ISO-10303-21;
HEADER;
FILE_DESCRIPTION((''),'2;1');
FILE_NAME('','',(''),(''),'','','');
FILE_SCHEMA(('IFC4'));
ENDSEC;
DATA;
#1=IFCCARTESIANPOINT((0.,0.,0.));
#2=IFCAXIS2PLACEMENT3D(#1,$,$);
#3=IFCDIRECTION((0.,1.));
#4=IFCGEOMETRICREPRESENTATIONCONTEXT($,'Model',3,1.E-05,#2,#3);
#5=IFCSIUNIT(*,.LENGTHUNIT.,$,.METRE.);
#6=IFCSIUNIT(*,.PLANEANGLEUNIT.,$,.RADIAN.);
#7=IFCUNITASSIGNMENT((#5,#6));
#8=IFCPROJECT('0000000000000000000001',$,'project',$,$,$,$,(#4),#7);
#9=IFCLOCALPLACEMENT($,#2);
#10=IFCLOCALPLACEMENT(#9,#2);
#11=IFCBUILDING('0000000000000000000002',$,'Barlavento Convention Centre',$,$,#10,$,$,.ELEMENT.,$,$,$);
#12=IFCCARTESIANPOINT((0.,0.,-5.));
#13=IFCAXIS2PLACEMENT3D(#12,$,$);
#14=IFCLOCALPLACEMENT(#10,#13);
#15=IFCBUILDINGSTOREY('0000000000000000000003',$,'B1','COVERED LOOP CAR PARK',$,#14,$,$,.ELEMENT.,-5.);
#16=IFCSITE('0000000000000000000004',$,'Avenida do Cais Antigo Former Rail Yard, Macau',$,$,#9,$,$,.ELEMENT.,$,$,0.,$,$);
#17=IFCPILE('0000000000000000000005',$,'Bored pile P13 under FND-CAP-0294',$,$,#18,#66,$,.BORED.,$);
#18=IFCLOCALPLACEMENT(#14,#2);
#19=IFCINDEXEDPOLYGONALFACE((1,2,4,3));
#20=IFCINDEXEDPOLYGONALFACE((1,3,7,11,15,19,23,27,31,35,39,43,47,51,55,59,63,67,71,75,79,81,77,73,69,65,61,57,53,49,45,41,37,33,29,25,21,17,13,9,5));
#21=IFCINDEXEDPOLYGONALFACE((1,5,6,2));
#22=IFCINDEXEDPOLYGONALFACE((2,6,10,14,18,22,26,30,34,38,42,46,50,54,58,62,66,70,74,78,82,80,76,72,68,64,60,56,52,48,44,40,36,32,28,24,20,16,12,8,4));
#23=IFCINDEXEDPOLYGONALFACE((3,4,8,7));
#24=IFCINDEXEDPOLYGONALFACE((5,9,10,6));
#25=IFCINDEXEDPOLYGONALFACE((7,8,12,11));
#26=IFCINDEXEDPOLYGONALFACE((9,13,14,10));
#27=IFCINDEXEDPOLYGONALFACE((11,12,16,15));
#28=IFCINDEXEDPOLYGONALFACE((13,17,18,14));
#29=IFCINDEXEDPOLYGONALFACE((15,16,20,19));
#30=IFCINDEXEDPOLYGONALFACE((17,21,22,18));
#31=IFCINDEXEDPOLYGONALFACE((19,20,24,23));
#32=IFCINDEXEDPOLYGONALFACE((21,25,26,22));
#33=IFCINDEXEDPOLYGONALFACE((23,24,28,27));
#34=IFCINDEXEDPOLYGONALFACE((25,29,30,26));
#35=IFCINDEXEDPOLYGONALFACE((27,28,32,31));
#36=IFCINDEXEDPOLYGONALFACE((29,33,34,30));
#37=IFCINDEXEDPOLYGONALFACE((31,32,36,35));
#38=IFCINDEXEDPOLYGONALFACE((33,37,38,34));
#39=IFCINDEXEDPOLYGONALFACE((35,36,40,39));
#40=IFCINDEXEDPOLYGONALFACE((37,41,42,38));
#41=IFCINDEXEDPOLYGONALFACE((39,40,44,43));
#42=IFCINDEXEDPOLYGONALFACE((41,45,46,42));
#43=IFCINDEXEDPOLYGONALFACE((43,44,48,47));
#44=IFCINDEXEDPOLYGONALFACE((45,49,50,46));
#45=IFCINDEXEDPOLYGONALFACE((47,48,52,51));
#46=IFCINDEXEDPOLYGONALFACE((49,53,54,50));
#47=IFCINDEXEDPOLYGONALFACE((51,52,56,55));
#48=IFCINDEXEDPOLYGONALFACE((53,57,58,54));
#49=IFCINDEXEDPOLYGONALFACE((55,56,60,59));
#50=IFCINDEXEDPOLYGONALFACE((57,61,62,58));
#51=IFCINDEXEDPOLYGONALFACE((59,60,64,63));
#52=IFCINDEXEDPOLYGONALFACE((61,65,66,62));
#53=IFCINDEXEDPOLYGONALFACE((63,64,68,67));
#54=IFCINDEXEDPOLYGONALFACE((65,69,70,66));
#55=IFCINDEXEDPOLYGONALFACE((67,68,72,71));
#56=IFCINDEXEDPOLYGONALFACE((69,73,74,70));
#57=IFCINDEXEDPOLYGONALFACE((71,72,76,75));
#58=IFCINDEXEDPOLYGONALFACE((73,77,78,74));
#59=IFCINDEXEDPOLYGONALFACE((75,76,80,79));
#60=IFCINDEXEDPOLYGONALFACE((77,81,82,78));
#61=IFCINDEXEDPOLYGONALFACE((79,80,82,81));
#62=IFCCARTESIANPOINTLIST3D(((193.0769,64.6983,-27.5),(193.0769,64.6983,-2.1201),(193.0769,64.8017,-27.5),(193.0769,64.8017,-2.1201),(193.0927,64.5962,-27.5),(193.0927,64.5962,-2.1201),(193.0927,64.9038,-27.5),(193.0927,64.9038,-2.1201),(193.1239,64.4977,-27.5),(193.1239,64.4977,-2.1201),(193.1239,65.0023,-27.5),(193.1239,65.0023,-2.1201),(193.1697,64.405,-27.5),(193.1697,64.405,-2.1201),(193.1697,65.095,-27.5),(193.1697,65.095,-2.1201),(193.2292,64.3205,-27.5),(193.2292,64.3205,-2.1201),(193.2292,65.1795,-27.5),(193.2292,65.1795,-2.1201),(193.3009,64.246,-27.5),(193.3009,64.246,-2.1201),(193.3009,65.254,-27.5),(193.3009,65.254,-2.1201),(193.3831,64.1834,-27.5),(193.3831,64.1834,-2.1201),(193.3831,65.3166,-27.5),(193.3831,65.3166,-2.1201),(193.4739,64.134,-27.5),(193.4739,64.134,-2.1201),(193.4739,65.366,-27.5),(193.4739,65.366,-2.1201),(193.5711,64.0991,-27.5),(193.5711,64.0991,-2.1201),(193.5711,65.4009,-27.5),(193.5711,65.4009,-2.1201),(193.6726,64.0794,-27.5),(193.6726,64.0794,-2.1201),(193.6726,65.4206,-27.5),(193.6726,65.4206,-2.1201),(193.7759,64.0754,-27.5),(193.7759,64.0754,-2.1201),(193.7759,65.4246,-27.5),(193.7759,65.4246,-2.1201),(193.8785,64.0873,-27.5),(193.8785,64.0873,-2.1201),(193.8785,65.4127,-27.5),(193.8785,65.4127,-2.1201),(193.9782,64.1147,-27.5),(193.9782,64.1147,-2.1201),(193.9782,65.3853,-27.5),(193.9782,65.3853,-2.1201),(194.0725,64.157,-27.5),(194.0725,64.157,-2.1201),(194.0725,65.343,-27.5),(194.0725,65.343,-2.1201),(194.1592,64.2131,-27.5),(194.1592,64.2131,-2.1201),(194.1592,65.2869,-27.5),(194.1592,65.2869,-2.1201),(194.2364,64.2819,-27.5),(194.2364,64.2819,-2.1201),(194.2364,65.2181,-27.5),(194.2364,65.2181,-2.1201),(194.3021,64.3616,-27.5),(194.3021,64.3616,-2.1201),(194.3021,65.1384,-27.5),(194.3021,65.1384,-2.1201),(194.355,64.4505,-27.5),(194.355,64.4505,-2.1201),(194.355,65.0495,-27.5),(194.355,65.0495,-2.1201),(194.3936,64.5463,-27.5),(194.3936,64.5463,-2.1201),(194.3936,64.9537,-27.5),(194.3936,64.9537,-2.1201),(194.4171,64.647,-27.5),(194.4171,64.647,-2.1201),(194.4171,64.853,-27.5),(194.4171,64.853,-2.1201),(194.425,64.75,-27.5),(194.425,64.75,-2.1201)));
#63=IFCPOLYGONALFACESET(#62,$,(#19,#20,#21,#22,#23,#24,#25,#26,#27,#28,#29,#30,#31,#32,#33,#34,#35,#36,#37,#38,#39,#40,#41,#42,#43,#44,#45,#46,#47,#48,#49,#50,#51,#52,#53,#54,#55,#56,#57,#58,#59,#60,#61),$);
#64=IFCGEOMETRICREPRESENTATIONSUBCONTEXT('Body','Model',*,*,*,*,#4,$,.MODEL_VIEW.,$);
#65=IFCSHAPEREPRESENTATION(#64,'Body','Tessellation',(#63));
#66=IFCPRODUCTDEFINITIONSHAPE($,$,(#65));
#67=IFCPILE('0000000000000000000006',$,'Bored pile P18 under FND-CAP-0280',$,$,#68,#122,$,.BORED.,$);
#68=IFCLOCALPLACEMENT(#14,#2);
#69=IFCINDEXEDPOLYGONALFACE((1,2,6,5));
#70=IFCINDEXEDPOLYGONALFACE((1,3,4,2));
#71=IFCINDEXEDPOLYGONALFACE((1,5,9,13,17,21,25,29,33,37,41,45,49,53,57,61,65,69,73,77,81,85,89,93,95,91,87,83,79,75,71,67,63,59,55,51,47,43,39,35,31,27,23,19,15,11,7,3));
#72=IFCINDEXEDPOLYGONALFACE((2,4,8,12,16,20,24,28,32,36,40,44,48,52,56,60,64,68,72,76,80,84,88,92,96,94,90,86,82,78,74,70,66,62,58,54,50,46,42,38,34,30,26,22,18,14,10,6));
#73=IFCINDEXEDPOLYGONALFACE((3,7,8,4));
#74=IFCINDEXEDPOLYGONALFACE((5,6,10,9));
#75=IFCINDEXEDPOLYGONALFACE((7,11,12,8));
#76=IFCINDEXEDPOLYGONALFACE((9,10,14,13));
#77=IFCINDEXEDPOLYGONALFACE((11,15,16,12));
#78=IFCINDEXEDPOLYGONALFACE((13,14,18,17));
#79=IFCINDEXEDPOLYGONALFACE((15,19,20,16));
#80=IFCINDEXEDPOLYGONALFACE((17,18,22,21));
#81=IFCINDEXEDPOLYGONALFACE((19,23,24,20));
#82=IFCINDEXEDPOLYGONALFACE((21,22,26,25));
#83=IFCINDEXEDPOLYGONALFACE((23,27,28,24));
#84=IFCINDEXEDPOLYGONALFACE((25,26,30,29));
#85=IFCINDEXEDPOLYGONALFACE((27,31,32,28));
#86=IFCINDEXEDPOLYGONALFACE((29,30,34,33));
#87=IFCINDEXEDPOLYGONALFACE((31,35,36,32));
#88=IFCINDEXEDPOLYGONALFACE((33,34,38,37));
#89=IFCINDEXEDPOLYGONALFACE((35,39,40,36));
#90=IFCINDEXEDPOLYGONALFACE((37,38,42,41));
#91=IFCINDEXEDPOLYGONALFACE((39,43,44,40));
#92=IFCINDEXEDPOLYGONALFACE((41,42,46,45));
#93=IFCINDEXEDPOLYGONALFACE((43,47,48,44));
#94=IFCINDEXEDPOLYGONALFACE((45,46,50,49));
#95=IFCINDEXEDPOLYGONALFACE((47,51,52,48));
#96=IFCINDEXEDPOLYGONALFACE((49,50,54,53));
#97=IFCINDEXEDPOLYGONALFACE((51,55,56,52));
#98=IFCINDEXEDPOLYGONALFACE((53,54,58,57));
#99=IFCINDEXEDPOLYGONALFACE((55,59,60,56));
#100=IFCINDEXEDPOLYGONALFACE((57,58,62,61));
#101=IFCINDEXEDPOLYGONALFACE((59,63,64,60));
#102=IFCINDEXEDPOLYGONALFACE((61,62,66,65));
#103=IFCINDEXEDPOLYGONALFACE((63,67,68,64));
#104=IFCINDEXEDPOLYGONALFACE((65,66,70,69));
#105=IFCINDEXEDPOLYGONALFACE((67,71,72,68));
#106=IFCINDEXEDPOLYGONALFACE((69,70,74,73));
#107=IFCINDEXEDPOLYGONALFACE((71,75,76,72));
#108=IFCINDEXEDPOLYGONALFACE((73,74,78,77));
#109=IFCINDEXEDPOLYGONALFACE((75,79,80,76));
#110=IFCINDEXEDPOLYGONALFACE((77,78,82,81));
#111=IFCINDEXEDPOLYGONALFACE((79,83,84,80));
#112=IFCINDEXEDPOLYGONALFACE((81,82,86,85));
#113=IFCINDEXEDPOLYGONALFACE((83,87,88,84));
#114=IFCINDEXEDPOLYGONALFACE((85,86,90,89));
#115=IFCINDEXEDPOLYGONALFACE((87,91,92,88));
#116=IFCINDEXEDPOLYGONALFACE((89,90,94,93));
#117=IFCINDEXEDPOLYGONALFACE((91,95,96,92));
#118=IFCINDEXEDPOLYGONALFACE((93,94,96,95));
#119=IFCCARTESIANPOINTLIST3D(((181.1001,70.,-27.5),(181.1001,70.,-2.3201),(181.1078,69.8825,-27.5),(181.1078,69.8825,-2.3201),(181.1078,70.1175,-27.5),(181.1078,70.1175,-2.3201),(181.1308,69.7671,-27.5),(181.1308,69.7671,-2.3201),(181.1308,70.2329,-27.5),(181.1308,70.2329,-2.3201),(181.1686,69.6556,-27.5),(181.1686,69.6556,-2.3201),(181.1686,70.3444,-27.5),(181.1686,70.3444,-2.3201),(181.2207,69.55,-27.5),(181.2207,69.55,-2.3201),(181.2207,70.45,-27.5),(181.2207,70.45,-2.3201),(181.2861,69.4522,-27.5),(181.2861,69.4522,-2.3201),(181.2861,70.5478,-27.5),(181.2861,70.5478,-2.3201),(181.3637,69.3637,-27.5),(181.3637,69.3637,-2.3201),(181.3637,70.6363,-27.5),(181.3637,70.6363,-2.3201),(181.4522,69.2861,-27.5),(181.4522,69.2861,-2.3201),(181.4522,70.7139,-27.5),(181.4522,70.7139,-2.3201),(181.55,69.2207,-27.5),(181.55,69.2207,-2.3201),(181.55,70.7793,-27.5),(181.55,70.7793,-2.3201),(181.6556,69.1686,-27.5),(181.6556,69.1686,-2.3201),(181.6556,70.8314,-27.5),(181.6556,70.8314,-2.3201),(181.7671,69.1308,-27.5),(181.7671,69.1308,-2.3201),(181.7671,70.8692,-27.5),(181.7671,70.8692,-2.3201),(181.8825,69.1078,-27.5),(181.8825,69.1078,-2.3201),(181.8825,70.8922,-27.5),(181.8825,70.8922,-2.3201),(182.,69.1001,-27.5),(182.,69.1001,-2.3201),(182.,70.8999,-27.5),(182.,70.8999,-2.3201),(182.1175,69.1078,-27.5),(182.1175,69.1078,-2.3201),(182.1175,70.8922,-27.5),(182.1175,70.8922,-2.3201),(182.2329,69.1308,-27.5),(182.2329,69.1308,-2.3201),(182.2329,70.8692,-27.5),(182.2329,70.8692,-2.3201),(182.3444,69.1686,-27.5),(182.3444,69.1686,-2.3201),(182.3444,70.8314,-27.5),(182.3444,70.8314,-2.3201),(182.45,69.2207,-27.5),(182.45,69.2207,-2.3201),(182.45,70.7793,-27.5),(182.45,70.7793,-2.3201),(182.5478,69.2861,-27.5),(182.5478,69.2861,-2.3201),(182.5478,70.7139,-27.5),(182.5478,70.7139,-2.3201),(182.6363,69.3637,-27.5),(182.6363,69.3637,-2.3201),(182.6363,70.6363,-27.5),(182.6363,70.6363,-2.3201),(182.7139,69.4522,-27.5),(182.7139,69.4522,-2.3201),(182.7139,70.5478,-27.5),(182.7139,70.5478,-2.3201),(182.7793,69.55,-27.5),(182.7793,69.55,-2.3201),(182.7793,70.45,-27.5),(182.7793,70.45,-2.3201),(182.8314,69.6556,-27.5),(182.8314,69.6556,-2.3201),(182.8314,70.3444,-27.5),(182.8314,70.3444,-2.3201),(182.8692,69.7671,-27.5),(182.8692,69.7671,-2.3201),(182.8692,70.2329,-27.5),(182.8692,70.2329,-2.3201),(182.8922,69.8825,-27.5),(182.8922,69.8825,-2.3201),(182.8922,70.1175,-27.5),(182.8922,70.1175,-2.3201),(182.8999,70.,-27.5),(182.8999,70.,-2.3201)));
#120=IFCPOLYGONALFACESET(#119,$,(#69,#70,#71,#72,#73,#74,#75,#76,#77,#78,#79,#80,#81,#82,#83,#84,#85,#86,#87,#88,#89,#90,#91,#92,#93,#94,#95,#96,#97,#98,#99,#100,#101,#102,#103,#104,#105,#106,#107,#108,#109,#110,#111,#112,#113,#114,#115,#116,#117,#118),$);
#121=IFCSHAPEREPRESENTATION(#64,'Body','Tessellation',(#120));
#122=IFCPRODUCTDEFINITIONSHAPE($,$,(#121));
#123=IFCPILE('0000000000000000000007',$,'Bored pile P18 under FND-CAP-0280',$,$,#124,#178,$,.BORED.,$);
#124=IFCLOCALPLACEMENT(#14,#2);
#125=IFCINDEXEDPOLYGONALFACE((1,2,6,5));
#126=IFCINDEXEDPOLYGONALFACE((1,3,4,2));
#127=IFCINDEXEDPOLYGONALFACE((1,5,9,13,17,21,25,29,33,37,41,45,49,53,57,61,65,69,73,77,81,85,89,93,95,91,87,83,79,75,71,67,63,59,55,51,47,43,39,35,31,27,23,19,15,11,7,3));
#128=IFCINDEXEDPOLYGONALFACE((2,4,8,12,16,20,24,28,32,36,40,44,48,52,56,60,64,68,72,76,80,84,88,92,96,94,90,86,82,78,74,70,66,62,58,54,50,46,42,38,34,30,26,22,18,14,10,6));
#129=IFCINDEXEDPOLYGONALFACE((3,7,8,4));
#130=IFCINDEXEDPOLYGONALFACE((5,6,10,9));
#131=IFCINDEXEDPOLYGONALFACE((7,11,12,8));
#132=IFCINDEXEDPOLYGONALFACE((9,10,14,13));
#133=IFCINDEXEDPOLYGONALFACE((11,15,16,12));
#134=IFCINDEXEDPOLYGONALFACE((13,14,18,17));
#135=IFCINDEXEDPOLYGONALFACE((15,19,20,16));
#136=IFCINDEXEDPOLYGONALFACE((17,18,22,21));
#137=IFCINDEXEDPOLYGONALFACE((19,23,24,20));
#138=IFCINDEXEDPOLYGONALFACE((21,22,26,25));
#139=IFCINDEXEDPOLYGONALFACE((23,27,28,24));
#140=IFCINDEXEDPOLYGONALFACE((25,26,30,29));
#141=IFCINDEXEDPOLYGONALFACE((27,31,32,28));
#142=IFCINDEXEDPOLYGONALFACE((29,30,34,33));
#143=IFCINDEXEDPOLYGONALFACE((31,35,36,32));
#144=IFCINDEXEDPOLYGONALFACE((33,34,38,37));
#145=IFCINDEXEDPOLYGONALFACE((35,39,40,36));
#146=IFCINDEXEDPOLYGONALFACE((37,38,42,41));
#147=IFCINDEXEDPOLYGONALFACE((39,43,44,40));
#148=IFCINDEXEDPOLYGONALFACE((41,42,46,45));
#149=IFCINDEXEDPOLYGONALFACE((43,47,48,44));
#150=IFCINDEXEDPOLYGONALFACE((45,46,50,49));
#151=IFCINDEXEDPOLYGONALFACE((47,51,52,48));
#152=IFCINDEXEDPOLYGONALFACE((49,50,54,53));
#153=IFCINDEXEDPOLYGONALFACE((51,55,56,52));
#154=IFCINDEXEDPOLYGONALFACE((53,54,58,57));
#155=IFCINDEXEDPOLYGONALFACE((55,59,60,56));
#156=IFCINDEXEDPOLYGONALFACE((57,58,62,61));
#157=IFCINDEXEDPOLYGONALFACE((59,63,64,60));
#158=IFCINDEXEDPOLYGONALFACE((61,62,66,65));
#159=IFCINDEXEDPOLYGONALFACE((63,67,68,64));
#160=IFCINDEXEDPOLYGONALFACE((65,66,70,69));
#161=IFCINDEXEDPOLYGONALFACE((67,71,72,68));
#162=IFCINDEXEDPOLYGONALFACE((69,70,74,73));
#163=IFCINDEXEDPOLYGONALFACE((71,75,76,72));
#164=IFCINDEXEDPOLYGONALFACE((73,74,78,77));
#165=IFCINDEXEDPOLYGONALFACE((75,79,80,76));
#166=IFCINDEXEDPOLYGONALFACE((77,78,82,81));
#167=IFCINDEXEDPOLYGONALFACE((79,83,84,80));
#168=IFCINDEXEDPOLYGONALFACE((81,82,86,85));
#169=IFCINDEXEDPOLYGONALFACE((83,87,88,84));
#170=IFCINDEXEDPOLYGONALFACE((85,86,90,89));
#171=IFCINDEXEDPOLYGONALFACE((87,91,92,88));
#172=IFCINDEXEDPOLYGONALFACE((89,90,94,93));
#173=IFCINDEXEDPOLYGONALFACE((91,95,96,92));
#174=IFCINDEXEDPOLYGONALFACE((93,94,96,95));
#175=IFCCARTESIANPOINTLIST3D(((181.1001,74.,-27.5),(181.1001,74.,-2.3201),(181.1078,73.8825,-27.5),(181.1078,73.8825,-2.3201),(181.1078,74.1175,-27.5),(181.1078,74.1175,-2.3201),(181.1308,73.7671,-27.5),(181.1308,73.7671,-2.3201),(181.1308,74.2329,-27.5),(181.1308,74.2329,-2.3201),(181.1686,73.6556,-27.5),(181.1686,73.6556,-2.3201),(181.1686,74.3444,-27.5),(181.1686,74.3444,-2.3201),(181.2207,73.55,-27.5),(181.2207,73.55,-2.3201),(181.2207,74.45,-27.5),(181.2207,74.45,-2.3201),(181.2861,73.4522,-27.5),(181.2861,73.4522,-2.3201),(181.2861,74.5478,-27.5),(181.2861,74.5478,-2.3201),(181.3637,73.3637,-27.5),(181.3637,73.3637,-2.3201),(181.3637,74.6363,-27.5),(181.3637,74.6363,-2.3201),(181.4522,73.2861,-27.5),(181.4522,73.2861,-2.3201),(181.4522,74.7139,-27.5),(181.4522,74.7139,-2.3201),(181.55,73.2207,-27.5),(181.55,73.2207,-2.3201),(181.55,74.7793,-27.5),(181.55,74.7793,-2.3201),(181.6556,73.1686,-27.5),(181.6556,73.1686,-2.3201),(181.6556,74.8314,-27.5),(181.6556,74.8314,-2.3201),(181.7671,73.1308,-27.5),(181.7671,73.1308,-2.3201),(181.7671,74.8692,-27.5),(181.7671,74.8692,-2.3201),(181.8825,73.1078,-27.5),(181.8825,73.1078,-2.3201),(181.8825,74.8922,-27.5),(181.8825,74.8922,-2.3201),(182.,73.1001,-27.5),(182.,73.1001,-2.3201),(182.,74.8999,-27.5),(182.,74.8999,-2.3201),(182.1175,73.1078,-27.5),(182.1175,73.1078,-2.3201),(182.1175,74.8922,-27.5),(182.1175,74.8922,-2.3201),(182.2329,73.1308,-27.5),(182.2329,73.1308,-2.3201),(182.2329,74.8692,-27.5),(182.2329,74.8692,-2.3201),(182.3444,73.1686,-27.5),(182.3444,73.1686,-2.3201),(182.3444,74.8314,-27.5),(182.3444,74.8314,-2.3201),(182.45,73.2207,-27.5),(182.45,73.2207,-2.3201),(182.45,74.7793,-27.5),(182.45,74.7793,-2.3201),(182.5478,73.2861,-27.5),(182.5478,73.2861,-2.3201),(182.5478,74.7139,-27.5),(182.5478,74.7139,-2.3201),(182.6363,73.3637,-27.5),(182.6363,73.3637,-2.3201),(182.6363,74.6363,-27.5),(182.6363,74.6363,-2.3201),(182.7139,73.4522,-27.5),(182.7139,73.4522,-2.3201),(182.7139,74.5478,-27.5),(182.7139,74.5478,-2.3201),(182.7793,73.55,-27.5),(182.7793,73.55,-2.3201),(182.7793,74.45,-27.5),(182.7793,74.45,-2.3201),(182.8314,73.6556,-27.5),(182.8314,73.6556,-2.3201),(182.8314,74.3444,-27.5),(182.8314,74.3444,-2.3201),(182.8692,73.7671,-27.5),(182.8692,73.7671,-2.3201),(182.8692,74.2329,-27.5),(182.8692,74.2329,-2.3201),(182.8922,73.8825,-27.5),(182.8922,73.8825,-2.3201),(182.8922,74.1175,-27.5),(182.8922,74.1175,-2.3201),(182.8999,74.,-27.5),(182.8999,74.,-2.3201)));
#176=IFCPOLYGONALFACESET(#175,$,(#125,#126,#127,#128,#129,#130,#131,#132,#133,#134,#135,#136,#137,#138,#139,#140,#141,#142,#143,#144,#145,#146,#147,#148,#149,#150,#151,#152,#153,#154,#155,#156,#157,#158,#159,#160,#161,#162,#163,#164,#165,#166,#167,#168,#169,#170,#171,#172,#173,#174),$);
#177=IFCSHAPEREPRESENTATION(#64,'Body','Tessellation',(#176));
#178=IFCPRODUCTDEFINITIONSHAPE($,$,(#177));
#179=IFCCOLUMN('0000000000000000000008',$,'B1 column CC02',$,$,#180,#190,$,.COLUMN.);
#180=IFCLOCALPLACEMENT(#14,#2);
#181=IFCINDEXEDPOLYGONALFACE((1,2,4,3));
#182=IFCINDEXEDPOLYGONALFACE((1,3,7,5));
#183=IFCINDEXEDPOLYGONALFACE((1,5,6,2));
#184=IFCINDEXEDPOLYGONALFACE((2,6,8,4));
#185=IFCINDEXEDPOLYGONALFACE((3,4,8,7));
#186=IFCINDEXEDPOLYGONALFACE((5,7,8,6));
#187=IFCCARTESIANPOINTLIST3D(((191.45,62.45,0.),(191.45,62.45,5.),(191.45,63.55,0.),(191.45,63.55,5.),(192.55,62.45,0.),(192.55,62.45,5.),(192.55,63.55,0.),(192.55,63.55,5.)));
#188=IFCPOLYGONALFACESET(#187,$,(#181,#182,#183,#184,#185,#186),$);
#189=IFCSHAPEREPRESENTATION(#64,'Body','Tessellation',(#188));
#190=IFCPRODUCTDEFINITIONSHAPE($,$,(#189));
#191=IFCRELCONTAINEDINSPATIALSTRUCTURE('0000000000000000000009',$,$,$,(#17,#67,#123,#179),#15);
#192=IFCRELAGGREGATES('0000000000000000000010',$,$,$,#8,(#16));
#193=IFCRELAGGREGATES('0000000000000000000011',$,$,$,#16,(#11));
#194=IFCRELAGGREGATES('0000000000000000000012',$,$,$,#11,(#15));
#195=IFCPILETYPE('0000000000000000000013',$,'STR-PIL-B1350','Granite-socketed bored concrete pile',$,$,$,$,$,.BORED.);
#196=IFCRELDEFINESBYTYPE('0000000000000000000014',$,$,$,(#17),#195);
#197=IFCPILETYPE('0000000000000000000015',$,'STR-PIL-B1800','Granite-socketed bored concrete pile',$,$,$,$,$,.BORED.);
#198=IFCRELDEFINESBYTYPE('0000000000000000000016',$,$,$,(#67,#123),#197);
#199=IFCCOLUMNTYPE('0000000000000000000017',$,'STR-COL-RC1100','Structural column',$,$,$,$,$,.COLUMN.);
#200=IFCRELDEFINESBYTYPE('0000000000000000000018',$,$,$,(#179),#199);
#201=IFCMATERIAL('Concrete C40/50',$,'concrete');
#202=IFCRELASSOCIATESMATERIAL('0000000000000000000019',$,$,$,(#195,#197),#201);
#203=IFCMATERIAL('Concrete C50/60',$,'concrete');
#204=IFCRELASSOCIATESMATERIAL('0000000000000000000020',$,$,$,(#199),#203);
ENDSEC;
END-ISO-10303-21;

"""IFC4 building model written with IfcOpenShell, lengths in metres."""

from ifc_helpers import new_model, si_unit, direction, frame, origin, origin_2d, place, context, subcontext, project, spatial, rectangle, circle, extrude, material, material_profile, profile_set, type_object, element, save


model = new_model("IFC4")

# Units and contexts
model_context = context("Model", 3, precision=1e-05, world=origin(), true_north=direction((0.0, 1.0)))
body_context = subcontext(model_context, "Body", "Model", "MODEL_VIEW")
ifc_project = project(units=[si_unit("LENGTHUNIT", "METRE"), si_unit("PLANEANGLEUNIT", "RADIAN")], contexts=[model_context])

# Site, building, storey
site_placement = place(None, origin())
site = spatial("IfcSite", under=ifc_project, at=site_placement, Name="Avenida do Cais Antigo Former Rail Yard, Macau", CompositionType="ELEMENT", RefElevation=0.0)
building_placement = place(site_placement, origin())
building = spatial("IfcBuilding", under=site, at=building_placement, Name="Barlavento Convention Centre", CompositionType="ELEMENT")
storey_placement = place(building_placement, frame((0.0, 0.0, -5.0)))
storey = spatial("IfcBuildingStorey", under=building, at=storey_placement, Name="B1", Description="COVERED LOOP CAR PARK", CompositionType="ELEMENT", Elevation=-5.0)

# Shared definitions
ifc_material_1 = material(Name="Concrete C40/50", Category="concrete")

# Piles
ifc_material_profile_1 = material_profile(ifc_material_1, circle(Radius=0.675, at=origin_2d()), Name="BORED PILE 1350")
ifc_profile_set_1 = profile_set([ifc_material_profile_1], Name="Concrete C40/50")
pile_type_1 = type_object("IfcPileType", Name="STR-PIL-B1350", Description="Granite-socketed bored concrete pile", PredefinedType="BORED", material=ifc_profile_set_1)
for number, where, z_axis, x_axis, name in (
    (1, (193.75, 64.75, -2.1201), (0.0, 0.0, -1.0), (1.0, 0.0, 0.0), "Bored pile P13 under FND-CAP-0294"),
):
    element("IfcPile", number, at=place(storey_placement, frame(where, z_axis=z_axis, x_axis=x_axis)), inside=storey, type_object=pile_type_1, Name=name, PredefinedType="BORED", context=body_context, shape_type="SweptSolid", body=[
        extrude(circle(Radius=0.675, at=origin_2d()), origin(), (0.0, 0.0, 1.0), 25.3799),
    ])
ifc_material_profile_2 = material_profile(ifc_material_1, circle(Radius=0.8999, at=origin_2d()), Name="BORED PILE 1800")
ifc_profile_set_2 = profile_set([ifc_material_profile_2], Name="Concrete C40/50")
pile_type_2 = type_object("IfcPileType", Name="STR-PIL-B1800", Description="Granite-socketed bored concrete pile", PredefinedType="BORED", material=ifc_profile_set_2)
for number, where, z_axis, x_axis, name in (
    (2, (182.0, 70.0, -2.3201), (0.0, 0.0, -1.0), (1.0, 0.0, 0.0), "Bored pile P18 under FND-CAP-0280"),
    (3, (182.0, 74.0, -2.3201), (0.0, 0.0, -1.0), (1.0, 0.0, 0.0), "Bored pile P18 under FND-CAP-0280"),
):
    element("IfcPile", number, at=place(storey_placement, frame(where, z_axis=z_axis, x_axis=x_axis)), inside=storey, type_object=pile_type_2, Name=name, PredefinedType="BORED", context=body_context, shape_type="SweptSolid", body=[
        extrude(circle(Radius=0.8999, at=origin_2d()), origin(), (0.0, 0.0, 1.0), 25.1799),
    ])

# Column
ifc_material_2 = material(Name="Concrete C50/60", Category="concrete")
ifc_material_profile_3 = material_profile(ifc_material_2, rectangle(XDim=1.1001, YDim=1.1001, at=origin_2d()), Name="RC 1100x1100")
ifc_profile_set_3 = profile_set([ifc_material_profile_3], Name="Concrete C50/60")
column_type_1 = type_object("IfcColumnType", Name="STR-COL-RC1100", Description="Structural column", PredefinedType="COLUMN", material=ifc_profile_set_3)
column_placement = place(storey_placement, frame((192.0, 63.0, 0.0), z_axis=(0.0, 0.0, 1.0), x_axis=(1.0, 0.0, 0.0)))
element("IfcColumn", 4, at=column_placement, inside=storey, type_object=column_type_1, Name="B1 column CC02", PredefinedType="COLUMN", context=body_context, shape_type="SweptSolid", body=[
    extrude(rectangle(XDim=1.1001, YDim=1.1001, at=origin_2d()), origin(), (0.0, 0.0, 1.0), 5.0),
])

save(model, "model.ifc")
